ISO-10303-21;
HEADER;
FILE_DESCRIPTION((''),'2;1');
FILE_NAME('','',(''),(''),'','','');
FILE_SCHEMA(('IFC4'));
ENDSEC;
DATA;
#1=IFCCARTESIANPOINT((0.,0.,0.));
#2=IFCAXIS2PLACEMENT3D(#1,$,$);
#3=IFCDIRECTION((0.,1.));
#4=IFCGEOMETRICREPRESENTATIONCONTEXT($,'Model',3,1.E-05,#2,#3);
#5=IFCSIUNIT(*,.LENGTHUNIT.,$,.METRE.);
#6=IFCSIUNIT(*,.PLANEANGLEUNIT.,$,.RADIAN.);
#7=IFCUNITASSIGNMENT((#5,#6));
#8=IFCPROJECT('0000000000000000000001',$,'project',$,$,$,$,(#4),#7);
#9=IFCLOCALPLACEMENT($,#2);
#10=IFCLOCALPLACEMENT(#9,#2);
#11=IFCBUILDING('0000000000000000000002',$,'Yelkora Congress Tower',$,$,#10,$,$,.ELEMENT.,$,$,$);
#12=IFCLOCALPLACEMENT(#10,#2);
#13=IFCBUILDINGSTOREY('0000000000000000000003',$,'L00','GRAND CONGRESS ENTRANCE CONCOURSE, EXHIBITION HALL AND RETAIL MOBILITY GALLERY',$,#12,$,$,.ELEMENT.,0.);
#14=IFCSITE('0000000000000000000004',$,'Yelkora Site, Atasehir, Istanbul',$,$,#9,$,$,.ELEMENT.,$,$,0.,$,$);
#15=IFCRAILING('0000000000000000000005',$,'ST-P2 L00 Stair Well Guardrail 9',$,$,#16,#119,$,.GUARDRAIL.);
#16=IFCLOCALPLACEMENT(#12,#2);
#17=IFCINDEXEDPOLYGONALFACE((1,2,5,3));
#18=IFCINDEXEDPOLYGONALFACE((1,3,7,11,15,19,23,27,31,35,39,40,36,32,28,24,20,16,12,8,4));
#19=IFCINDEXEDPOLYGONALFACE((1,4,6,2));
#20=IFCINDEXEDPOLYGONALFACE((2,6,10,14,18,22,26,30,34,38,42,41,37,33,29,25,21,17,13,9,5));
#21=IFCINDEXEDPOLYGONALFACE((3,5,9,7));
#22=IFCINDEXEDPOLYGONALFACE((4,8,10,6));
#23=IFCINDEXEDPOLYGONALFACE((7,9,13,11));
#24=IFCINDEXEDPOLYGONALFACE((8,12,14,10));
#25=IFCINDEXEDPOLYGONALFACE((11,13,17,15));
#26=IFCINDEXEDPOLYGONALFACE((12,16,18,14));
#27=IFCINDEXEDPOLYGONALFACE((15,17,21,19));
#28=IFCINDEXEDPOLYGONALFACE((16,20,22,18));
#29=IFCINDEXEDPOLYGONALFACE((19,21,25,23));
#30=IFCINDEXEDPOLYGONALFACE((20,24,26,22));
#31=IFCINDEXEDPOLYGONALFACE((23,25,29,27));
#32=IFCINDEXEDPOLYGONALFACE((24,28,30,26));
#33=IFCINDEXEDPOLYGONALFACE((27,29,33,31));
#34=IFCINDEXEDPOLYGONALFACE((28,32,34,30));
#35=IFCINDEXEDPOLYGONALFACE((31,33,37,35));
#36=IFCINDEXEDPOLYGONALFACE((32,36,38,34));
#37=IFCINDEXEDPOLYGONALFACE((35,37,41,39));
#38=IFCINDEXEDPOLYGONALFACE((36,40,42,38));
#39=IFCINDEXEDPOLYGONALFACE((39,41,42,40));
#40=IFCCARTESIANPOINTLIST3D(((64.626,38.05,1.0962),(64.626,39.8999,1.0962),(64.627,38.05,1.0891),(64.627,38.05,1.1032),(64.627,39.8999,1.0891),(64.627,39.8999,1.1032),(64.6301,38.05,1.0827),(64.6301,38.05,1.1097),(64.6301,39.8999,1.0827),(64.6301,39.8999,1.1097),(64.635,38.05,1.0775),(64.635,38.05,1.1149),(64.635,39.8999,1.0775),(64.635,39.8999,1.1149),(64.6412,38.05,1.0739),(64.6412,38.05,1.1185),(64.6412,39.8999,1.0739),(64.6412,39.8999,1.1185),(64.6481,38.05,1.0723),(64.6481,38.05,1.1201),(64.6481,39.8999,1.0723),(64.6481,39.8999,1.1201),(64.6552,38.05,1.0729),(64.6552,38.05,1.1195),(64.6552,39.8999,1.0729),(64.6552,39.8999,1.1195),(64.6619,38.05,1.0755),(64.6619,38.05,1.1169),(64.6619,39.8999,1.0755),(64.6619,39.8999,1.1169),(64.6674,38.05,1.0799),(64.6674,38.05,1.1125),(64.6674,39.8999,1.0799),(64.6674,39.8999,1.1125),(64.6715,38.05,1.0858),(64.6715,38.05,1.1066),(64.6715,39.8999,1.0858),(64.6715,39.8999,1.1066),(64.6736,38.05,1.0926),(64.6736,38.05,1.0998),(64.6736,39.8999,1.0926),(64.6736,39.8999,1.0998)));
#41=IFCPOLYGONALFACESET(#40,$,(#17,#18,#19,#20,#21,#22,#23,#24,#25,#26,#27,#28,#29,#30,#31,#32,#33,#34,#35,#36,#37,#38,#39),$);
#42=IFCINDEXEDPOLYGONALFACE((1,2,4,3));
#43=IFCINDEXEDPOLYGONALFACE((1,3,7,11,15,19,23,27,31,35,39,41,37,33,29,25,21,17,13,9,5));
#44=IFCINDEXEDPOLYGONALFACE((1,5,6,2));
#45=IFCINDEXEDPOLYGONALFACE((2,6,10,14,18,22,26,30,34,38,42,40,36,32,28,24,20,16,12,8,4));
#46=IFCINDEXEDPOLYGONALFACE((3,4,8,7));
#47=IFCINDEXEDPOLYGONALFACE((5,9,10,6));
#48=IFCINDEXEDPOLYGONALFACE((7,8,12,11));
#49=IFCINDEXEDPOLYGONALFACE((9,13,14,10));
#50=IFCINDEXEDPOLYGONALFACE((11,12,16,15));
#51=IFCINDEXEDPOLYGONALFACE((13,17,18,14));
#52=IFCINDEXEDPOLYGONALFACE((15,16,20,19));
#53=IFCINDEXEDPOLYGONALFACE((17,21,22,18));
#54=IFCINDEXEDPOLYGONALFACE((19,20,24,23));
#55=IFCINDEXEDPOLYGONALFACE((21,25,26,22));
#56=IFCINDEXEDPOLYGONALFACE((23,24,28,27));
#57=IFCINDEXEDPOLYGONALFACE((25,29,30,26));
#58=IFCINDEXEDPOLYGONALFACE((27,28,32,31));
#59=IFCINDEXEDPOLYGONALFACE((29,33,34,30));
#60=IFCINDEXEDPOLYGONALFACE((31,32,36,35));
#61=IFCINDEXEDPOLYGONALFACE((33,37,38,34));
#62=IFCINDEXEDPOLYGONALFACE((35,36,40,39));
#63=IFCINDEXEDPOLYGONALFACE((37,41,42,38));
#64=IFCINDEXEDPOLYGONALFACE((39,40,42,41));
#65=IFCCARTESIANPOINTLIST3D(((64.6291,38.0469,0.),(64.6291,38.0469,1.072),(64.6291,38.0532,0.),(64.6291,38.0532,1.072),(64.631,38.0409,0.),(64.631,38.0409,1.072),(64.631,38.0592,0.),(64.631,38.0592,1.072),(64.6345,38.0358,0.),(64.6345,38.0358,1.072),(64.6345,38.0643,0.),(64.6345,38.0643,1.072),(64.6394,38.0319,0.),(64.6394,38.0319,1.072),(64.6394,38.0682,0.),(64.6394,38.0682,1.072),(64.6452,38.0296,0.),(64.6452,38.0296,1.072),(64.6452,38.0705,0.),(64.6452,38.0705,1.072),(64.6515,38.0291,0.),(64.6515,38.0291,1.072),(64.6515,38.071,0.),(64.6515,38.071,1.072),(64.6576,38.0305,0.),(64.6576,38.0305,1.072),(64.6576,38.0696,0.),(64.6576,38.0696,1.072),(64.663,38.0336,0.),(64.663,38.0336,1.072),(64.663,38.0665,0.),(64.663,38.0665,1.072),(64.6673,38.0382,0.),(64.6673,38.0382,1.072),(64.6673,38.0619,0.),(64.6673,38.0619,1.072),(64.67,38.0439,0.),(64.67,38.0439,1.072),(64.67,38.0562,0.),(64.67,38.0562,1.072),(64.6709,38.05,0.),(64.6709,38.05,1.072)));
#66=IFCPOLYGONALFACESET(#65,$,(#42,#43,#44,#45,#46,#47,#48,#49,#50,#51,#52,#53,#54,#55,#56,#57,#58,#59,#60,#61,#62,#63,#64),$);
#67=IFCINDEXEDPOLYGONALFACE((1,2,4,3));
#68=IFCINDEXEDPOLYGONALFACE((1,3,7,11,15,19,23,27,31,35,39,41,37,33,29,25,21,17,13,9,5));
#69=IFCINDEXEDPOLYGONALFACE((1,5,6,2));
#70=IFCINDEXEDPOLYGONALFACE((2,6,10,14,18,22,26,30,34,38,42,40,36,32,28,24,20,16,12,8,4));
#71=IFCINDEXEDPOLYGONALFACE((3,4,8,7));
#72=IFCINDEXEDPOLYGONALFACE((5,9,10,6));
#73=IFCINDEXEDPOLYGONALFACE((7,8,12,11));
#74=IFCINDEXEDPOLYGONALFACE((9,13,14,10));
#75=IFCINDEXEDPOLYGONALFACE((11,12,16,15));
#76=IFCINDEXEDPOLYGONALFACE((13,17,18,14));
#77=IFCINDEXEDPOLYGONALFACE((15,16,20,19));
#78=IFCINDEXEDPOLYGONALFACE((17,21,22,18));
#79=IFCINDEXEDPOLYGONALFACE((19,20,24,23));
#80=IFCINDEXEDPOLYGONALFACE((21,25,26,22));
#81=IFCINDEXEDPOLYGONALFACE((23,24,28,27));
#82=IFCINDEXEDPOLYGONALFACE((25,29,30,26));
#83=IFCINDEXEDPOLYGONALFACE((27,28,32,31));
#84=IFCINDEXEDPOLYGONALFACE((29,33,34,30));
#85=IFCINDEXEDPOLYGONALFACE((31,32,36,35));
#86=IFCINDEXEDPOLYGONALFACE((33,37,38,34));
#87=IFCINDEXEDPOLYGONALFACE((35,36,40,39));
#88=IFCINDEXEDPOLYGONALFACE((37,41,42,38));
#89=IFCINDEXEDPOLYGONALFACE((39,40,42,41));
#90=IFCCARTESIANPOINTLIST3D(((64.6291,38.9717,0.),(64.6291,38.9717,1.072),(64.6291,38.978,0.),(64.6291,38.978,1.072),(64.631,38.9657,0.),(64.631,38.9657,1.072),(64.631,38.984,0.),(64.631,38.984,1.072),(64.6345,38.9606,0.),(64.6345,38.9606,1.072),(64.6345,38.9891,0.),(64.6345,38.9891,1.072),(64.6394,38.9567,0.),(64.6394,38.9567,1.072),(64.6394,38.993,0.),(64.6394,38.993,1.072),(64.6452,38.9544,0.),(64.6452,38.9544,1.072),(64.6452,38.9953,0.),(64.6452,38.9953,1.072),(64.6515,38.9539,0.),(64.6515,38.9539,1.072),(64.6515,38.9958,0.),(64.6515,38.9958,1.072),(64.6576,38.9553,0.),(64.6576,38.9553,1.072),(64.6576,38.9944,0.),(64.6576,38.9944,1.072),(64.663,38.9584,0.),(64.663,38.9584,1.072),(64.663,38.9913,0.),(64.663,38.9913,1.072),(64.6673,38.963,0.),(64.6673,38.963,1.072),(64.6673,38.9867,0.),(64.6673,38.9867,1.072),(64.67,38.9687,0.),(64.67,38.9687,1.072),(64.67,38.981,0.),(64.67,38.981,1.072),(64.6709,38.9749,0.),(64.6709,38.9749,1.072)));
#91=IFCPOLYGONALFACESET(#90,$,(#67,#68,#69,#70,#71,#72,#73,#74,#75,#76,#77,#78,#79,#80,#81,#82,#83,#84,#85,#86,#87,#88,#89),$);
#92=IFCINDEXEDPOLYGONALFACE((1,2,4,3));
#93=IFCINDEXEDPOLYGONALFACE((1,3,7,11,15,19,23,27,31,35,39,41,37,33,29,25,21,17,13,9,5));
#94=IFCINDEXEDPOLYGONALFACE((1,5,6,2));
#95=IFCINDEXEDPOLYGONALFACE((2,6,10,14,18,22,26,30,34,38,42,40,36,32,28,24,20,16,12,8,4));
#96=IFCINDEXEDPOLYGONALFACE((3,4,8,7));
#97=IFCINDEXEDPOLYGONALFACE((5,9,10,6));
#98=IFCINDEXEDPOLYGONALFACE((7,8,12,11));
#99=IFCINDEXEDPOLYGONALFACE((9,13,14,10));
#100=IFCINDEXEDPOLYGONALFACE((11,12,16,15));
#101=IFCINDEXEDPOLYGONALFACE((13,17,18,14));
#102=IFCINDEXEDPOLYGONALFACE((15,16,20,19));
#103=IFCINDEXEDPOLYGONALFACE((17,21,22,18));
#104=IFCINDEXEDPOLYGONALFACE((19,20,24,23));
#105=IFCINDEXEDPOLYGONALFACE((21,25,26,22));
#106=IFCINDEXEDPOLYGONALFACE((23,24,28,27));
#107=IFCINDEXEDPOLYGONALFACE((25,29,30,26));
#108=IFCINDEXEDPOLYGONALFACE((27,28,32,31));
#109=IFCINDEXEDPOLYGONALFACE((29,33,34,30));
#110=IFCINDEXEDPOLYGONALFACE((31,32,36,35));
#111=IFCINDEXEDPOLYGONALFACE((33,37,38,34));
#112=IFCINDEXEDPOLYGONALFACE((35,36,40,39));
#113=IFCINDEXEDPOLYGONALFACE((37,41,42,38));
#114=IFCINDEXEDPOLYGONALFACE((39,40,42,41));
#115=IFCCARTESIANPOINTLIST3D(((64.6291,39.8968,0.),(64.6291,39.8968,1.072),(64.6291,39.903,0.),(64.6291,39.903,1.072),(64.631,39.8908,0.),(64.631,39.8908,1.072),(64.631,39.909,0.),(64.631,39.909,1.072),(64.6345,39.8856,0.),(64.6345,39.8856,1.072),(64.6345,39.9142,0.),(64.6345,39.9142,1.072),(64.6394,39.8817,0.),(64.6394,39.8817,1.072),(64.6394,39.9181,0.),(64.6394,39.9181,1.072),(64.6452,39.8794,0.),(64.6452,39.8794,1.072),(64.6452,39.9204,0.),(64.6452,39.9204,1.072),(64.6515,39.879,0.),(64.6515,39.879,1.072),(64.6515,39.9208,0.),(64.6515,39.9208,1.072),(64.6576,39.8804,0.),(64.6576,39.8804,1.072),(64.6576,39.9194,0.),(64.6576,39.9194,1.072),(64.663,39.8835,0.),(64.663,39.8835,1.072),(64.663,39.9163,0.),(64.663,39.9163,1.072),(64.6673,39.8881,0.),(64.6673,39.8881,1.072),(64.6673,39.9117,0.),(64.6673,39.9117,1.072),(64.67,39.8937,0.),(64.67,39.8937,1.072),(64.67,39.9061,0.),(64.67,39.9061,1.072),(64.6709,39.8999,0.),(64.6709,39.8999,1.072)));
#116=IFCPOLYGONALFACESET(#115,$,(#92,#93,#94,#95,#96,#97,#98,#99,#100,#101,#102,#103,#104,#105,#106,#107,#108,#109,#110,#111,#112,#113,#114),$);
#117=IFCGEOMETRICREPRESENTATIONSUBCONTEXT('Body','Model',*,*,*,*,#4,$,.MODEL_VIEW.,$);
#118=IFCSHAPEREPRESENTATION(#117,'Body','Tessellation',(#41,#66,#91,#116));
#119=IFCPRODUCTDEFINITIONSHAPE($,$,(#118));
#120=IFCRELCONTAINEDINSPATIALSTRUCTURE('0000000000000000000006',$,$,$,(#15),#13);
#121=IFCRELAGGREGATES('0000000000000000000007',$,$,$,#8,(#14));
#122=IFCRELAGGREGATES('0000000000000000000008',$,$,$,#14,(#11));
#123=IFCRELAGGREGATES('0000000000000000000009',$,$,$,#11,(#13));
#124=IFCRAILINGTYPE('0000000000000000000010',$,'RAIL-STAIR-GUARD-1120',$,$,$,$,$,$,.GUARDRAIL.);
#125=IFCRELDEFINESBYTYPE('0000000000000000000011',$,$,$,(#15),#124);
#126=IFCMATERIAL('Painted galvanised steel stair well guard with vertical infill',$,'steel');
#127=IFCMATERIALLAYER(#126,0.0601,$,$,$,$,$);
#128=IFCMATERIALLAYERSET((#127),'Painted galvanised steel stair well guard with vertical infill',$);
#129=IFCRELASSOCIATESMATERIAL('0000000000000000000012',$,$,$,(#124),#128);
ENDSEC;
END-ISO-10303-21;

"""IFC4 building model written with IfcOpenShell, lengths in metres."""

from ifc_helpers import new_model, si_unit, direction, frame, origin, origin_2d, place, context, subcontext, project, spatial, circle, extrude, material, layer, layer_set, type_object, element, save


model = new_model("IFC4")

# Units and contexts
model_context = context("Model", 3, precision=1e-05, world=origin(), true_north=direction((0.0, 1.0)))
body_context = subcontext(model_context, "Body", "Model", "MODEL_VIEW")
ifc_project = project(units=[si_unit("LENGTHUNIT", "METRE"), si_unit("PLANEANGLEUNIT", "RADIAN")], contexts=[model_context])

# Site, building, storey
site_placement = place(None, origin())
site = spatial("IfcSite", under=ifc_project, at=site_placement, Name="Yelkora Site, Atasehir, Istanbul", CompositionType="ELEMENT", RefElevation=0.0)
building_placement = place(site_placement, origin())
building = spatial("IfcBuilding", under=site, at=building_placement, Name="Yelkora Congress Tower", CompositionType="ELEMENT")
storey_placement = place(building_placement, origin())
storey = spatial("IfcBuildingStorey", under=building, at=storey_placement, Name="L00", Description="GRAND CONGRESS ENTRANCE CONCOURSE, EXHIBITION HALL AND RETAIL MOBILITY GALLERY", CompositionType="ELEMENT", Elevation=0.0)

# Railing
ifc_material_1 = material(Name="Painted galvanised steel stair well guard with vertical infill", Category="steel")
ifc_layer_1 = layer(ifc_material_1, 0.0601)
ifc_layer_set_1 = layer_set([ifc_layer_1], Name="Painted galvanised steel stair well guard with vertical infill")
railing_type_1 = type_object("IfcRailingType", Name="RAIL-STAIR-GUARD-1120", PredefinedType="GUARDRAIL", material=ifc_layer_set_1)
railing_1_placement = place(storey_placement, frame((64.6499, 38.05, 0.0)))
element("IfcRailing", 1, at=railing_1_placement, inside=storey, type_object=railing_type_1, Name="ST-P2 L00 Stair Well Guardrail 9", PredefinedType="GUARDRAIL", context=body_context, shape_type="SweptSolid", body=[
    extrude(circle(Radius=0.0239, at=origin_2d()), frame((0.0, 0.0, 1.0962), z_axis=(0.0, 1.0, 0.0), x_axis=(-1.0, 0.0, 0.0)), (0.0, 0.0, 1.0), 1.8499),
    extrude(circle(Radius=0.021, at=origin_2d()), origin(), (0.0, 0.0, 1.0), 1.072),
    extrude(circle(Radius=0.021, at=origin_2d()), frame((0.0, 0.9248, 0.0)), (0.0, 0.0, 1.0), 1.072),
    extrude(circle(Radius=0.021, at=origin_2d()), frame((0.0, 1.8499, 0.0)), (0.0, 0.0, 1.0), 1.072),
])

save(model, "model.ifc")
